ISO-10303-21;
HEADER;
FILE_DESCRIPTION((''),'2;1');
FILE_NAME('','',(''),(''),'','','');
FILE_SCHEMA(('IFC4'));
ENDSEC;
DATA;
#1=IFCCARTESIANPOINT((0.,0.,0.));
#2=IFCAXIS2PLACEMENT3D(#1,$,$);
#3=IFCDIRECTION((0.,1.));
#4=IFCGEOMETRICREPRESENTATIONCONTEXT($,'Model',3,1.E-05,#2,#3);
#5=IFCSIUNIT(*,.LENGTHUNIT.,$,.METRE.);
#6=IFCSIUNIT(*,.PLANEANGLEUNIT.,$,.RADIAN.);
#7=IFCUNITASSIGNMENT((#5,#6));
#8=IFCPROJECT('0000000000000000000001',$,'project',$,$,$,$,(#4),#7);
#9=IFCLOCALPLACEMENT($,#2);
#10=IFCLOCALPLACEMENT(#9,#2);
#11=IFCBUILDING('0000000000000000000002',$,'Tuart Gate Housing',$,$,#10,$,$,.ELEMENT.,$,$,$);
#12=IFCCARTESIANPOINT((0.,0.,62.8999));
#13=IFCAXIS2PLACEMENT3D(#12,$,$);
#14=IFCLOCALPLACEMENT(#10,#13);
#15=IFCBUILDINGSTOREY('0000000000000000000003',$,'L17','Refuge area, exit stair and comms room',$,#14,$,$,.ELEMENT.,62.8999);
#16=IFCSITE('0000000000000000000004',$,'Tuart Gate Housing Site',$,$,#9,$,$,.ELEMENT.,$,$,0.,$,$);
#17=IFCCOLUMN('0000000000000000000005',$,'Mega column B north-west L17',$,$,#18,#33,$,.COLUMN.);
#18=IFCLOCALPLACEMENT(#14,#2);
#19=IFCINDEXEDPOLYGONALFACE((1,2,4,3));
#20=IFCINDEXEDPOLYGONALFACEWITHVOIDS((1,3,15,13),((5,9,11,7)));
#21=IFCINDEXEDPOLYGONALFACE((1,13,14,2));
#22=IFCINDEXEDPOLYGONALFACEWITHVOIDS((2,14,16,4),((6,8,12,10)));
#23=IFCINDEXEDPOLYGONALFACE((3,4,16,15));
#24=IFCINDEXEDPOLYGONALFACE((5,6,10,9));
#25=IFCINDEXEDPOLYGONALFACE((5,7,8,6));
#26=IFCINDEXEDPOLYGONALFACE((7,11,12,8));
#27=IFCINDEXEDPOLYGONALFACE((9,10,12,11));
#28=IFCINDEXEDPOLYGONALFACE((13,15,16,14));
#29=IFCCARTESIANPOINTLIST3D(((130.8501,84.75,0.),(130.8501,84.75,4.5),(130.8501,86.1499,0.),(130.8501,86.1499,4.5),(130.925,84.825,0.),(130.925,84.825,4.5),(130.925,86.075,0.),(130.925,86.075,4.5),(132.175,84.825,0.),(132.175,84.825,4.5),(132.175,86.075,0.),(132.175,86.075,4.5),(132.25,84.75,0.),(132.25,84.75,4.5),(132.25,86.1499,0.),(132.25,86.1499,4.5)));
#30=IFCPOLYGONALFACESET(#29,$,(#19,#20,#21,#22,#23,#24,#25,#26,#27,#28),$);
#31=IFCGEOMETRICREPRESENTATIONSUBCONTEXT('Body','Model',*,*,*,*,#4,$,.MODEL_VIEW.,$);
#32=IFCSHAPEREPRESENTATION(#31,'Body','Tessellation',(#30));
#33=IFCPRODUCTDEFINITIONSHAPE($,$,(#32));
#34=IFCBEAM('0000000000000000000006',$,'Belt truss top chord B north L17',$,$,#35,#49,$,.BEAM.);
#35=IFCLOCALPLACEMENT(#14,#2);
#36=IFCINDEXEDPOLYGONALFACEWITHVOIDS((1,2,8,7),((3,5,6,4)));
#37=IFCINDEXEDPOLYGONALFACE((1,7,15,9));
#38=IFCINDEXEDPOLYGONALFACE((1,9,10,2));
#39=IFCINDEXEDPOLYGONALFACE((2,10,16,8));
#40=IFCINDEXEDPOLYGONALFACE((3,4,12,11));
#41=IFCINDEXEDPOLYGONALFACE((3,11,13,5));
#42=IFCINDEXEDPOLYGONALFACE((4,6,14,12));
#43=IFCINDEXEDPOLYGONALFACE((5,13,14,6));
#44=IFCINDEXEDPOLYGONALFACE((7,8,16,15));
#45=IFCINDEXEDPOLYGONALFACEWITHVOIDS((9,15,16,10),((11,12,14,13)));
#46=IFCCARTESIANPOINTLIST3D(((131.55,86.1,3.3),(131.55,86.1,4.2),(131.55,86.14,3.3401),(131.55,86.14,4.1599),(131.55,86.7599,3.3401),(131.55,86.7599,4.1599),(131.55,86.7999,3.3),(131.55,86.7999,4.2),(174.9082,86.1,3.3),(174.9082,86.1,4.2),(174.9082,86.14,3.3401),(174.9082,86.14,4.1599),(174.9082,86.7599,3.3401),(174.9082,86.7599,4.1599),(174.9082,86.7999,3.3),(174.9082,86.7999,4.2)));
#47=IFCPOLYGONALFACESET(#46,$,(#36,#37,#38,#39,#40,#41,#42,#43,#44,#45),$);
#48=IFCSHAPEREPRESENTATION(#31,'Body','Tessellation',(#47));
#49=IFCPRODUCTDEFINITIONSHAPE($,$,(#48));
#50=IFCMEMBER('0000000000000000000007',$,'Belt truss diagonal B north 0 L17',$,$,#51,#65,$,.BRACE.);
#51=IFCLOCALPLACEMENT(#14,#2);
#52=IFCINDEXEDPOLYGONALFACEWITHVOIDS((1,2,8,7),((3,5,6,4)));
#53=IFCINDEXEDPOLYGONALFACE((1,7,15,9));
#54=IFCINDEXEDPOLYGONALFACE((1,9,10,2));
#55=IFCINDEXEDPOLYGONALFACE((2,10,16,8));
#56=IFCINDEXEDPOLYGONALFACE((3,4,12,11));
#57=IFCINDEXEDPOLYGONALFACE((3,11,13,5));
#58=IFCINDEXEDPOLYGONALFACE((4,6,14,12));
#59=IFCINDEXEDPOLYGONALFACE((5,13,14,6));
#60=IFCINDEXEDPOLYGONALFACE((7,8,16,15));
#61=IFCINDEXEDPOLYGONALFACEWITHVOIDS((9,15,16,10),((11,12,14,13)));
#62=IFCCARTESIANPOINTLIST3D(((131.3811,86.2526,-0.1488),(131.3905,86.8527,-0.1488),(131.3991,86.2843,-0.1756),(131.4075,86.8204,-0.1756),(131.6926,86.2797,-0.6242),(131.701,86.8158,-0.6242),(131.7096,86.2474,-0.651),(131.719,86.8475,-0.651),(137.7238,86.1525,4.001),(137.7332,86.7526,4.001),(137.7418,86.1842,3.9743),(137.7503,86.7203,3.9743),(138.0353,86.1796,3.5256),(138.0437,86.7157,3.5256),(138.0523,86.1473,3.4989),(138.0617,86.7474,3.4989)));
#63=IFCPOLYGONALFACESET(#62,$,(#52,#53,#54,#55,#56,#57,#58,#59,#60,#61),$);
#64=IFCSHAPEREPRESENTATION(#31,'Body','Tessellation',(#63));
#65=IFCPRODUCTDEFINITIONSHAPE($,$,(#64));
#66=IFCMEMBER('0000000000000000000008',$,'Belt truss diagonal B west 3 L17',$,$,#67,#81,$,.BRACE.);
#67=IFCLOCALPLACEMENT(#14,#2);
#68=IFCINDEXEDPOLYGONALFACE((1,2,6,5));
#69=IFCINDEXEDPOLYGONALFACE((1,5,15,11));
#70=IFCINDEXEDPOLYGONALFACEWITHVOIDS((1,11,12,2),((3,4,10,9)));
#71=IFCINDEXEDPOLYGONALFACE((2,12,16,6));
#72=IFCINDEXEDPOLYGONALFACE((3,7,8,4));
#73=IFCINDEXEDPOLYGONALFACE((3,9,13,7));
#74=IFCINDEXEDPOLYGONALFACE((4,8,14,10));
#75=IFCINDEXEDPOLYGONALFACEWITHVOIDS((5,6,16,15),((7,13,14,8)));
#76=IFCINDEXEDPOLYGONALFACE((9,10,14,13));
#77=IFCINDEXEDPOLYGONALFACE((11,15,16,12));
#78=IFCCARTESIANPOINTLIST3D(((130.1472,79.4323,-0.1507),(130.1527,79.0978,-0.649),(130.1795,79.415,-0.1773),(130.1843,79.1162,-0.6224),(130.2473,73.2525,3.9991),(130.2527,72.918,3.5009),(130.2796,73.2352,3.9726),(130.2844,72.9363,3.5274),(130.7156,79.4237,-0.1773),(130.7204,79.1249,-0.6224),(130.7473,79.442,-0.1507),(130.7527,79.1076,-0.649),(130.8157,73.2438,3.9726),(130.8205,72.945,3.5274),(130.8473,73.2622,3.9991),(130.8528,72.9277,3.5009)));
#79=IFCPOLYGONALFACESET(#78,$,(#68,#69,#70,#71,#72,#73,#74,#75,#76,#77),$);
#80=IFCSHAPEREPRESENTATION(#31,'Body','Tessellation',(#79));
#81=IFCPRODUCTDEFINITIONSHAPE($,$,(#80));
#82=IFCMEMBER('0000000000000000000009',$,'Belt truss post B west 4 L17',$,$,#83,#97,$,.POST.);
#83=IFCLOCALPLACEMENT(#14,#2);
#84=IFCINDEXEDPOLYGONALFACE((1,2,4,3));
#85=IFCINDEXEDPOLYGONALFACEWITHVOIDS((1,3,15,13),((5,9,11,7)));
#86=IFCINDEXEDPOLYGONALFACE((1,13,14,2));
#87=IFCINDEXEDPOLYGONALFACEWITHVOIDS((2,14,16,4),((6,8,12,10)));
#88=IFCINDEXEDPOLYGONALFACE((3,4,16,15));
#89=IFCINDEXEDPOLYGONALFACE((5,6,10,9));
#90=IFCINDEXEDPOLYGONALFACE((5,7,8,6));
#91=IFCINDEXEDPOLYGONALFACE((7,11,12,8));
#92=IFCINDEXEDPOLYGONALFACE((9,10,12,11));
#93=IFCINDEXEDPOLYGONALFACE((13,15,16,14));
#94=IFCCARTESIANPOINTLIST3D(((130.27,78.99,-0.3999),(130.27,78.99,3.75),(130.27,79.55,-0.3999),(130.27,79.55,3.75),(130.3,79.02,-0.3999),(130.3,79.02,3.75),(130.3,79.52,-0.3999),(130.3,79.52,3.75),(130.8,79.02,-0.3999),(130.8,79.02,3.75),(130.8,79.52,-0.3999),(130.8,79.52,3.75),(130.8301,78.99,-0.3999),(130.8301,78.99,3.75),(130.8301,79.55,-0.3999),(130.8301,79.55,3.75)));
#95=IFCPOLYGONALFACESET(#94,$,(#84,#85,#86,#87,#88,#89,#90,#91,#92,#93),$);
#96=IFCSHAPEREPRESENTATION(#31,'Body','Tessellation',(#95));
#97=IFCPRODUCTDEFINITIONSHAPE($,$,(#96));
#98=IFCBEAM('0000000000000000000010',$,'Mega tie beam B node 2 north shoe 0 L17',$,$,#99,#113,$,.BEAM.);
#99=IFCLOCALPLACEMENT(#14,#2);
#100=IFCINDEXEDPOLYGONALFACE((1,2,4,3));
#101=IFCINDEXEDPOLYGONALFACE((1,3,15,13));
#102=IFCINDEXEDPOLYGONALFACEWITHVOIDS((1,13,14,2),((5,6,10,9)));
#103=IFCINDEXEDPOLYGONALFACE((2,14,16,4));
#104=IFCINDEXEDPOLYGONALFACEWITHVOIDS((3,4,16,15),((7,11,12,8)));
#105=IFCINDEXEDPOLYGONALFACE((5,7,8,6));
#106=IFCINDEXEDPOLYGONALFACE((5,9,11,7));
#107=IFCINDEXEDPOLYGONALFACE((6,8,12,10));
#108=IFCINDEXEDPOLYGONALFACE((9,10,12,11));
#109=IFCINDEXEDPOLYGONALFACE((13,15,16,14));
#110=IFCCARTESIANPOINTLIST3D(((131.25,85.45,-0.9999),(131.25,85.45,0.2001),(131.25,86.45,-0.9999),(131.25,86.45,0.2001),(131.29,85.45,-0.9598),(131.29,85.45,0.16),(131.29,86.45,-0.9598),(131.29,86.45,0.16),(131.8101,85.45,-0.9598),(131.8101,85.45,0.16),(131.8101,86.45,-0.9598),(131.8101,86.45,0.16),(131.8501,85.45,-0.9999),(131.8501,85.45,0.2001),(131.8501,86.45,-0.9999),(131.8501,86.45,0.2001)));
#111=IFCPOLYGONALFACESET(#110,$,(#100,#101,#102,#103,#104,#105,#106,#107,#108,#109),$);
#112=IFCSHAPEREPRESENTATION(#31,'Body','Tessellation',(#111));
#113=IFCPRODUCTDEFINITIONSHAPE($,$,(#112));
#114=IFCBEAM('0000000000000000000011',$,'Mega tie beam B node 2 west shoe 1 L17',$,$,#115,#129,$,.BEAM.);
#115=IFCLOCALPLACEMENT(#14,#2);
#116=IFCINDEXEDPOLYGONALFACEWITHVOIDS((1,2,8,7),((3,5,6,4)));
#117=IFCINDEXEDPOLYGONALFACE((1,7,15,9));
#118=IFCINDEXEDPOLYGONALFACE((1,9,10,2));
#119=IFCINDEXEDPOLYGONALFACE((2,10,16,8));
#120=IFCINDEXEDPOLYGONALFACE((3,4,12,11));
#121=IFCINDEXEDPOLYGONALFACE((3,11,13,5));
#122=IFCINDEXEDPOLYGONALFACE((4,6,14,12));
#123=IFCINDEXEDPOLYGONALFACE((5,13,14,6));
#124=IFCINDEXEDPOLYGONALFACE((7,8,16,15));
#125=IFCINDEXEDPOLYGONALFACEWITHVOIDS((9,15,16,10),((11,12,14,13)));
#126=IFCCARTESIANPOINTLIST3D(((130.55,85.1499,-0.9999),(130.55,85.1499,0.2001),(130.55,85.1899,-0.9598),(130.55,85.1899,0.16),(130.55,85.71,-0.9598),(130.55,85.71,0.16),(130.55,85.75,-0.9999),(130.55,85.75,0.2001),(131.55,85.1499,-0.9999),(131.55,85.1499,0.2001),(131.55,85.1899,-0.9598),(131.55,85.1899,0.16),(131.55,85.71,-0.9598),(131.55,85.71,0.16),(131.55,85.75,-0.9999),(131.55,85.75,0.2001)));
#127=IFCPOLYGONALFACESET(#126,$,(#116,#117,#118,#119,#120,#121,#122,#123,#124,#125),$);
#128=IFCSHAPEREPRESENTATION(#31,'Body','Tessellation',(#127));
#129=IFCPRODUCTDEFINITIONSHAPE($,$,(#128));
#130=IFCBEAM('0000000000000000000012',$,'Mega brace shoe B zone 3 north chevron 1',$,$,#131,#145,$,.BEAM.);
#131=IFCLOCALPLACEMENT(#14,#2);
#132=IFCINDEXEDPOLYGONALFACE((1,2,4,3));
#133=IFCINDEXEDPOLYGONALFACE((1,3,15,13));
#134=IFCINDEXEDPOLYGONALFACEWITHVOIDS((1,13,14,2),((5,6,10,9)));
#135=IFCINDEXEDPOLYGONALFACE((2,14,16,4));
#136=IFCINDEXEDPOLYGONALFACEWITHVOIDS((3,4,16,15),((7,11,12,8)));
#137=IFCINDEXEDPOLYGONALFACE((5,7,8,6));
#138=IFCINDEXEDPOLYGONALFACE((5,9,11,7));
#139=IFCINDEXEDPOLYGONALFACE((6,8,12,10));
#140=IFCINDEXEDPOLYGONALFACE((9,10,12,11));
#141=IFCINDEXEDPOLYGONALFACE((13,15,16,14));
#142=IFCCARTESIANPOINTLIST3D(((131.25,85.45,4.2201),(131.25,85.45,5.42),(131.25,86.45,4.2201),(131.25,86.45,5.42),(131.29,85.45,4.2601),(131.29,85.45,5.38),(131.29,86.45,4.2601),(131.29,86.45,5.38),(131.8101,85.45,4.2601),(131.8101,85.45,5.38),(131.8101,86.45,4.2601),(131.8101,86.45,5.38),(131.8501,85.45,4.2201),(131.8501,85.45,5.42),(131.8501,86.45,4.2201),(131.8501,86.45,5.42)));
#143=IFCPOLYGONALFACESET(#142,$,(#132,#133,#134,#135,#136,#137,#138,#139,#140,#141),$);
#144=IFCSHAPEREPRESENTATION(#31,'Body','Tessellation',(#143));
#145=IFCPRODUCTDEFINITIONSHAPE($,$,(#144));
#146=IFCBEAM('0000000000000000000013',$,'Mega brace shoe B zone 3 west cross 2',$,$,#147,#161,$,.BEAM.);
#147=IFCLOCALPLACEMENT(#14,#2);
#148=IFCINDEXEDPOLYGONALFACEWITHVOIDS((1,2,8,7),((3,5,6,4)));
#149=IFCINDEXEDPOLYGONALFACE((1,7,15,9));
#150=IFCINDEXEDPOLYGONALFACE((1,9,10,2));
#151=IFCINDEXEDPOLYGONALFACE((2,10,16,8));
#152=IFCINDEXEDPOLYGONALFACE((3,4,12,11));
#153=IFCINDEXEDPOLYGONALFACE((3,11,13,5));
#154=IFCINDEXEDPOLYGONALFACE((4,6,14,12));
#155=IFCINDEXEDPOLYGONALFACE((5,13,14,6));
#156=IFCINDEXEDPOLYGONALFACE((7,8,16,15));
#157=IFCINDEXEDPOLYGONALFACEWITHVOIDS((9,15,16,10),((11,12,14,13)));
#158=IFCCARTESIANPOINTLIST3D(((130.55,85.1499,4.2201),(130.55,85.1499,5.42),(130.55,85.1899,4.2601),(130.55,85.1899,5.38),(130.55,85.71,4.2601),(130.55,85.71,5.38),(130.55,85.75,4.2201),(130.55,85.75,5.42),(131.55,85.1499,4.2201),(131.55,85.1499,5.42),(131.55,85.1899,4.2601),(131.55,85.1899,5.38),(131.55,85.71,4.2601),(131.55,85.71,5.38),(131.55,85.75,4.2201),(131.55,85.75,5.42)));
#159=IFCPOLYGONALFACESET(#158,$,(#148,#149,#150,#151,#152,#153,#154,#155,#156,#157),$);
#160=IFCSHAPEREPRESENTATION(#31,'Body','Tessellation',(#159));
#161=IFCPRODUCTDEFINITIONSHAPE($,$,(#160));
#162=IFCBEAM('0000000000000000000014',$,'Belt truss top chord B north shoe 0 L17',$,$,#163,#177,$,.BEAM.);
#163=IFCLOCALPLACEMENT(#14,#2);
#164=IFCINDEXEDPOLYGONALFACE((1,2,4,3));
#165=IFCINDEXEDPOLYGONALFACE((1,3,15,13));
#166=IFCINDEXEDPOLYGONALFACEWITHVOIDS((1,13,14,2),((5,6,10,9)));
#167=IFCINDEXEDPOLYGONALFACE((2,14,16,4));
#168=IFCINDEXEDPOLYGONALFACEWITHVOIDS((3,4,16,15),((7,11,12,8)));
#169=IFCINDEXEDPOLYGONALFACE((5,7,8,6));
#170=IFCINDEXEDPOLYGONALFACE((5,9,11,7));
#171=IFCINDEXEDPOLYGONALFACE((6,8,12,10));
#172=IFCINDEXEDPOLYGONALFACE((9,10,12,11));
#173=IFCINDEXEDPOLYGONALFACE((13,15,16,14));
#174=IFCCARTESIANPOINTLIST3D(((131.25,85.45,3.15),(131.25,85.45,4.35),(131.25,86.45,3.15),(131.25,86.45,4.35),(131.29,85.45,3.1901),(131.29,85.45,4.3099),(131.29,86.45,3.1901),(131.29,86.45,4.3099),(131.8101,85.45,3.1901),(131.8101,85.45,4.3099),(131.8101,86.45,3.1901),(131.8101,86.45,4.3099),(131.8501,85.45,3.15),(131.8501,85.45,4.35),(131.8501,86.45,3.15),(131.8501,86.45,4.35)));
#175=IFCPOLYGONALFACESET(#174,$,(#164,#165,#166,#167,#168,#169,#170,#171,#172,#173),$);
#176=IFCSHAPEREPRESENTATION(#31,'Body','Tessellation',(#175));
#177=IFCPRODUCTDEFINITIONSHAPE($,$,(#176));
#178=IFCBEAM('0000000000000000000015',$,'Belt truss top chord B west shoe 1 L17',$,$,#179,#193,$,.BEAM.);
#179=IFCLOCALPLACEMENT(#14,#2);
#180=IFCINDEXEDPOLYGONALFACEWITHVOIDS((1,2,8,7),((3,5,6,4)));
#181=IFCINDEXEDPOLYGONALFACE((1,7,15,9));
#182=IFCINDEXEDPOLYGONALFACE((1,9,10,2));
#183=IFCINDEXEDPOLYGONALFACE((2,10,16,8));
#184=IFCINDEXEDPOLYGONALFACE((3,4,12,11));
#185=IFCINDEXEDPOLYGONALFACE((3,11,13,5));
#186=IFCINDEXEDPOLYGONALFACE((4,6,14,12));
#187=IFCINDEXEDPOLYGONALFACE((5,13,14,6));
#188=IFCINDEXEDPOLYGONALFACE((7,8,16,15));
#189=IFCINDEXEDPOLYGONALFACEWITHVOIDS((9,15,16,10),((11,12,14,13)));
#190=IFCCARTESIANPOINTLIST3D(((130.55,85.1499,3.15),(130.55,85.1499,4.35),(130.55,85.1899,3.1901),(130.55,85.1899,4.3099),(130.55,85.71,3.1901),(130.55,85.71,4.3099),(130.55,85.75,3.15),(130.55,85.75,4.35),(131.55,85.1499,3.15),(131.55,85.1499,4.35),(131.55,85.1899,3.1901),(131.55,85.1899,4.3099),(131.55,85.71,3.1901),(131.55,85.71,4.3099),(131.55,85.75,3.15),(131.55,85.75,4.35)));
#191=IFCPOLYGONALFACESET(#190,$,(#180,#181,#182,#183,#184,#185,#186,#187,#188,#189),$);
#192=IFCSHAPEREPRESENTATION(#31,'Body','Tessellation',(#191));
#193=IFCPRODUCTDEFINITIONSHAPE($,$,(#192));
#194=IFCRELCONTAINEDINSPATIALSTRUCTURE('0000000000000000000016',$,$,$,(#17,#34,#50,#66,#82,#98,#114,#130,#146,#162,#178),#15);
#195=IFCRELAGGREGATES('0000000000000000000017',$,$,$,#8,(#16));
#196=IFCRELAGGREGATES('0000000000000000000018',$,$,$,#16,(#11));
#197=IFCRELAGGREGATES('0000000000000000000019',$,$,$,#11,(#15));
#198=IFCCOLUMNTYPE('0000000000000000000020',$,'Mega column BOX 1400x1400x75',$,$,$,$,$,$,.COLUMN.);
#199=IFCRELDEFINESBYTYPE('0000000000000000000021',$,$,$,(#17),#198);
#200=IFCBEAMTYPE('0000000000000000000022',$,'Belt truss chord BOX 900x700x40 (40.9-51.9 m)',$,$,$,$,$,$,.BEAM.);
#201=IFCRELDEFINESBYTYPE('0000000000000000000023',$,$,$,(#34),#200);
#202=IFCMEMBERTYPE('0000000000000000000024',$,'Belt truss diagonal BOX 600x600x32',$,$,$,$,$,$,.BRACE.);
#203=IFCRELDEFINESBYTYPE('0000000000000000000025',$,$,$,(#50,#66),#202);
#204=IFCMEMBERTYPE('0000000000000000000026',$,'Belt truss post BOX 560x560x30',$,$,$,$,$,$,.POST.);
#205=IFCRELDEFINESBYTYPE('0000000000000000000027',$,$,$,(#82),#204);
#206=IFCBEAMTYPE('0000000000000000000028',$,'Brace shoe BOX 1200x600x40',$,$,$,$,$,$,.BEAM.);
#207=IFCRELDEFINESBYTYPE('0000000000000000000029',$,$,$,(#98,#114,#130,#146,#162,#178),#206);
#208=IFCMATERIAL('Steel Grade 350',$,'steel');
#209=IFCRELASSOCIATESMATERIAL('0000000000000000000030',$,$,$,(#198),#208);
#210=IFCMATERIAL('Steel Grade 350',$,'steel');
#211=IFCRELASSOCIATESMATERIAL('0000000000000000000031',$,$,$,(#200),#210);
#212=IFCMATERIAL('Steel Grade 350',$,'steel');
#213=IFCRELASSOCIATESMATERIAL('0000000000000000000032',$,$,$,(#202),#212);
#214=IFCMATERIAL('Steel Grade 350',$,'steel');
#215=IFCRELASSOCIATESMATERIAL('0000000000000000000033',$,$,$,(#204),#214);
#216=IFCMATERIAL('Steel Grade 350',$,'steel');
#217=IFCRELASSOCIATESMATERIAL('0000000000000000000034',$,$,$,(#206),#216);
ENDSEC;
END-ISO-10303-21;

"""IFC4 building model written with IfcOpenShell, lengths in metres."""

from ifc_helpers import new_model, si_unit, direction, frame, origin, origin_2d, place, context, subcontext, project, spatial, hollow_rectangle, extrude, material, material_profile, profile_set, type_object, element, save


model = new_model("IFC4")

# Units and contexts
model_context = context("Model", 3, precision=1e-05, world=origin(), true_north=direction((0.0, 1.0)))
body_context = subcontext(model_context, "Body", "Model", "MODEL_VIEW")
ifc_project = project(units=[si_unit("LENGTHUNIT", "METRE"), si_unit("PLANEANGLEUNIT", "RADIAN")], contexts=[model_context])

# Site, building, storey
site_placement = place(None, origin())
site = spatial("IfcSite", under=ifc_project, at=site_placement, Name="Tuart Gate Housing Site", CompositionType="ELEMENT", RefElevation=0.0)
building_placement = place(site_placement, origin())
building = spatial("IfcBuilding", under=site, at=building_placement, Name="Tuart Gate Housing", CompositionType="ELEMENT")
storey_placement = place(building_placement, frame((0.0, 0.0, 62.8999)))
storey = spatial("IfcBuildingStorey", under=building, at=storey_placement, Name="L17", Description="Refuge area, exit stair and comms room", CompositionType="ELEMENT", Elevation=62.8999)

# Column
ifc_material_1 = material(Name="Steel Grade 350", Category="steel")
ifc_material_profile_1 = material_profile(ifc_material_1, hollow_rectangle(XDim=1.3999, YDim=1.3999, WallThickness=0.075, at=origin_2d()), Name="BOX 1400x1400x75")
ifc_profile_set_1 = profile_set([ifc_material_profile_1], Name="Steel Grade 350")
column_type = type_object("IfcColumnType", Name="Mega column BOX 1400x1400x75", PredefinedType="COLUMN", material=ifc_profile_set_1)
column_placement = place(storey_placement, frame((131.55, 85.45, 0.0), z_axis=(0.0, 0.0, 1.0), x_axis=(1.0, 0.0, 0.0)))
element("IfcColumn", 1, at=column_placement, inside=storey, type_object=column_type, Name="Mega column B north-west L17", PredefinedType="COLUMN", context=body_context, shape_type="SweptSolid", body=[
    extrude(hollow_rectangle(XDim=1.3999, YDim=1.3999, WallThickness=0.075, at=origin_2d()), origin(), (0.0, 0.0, 1.0), 4.5),
])

# Beam
ifc_material_2 = material(Name="Steel Grade 350", Category="steel")
ifc_material_profile_2 = material_profile(ifc_material_2, hollow_rectangle(XDim=0.7, YDim=0.8999, WallThickness=0.04, at=origin_2d()), Name="BOX 900x700x40")
ifc_profile_set_2 = profile_set([ifc_material_profile_2], Name="Steel Grade 350")
beam_type_1 = type_object("IfcBeamType", Name="Belt truss chord BOX 900x700x40 (40.9-51.9 m)", PredefinedType="BEAM", material=ifc_profile_set_2)
beam_1_placement = place(storey_placement, frame((131.55, 86.45, 3.75), z_axis=(1.0, 0.0, 0.0), x_axis=(0.0, 1.0, 0.0)))
element("IfcBeam", 2, at=beam_1_placement, inside=storey, type_object=beam_type_1, Name="Belt truss top chord B north L17", PredefinedType="BEAM", context=body_context, shape_type="SweptSolid", body=[
    extrude(hollow_rectangle(XDim=0.7, YDim=0.8999, WallThickness=0.04, at=origin_2d()), origin(), (0.0, 0.0, 1.0), 43.3582),
])

# Members
ifc_material_3 = material(Name="Steel Grade 350", Category="steel")
ifc_material_profile_3 = material_profile(ifc_material_3, hollow_rectangle(XDim=0.6001, YDim=0.6001, WallThickness=0.032, at=origin_2d()), Name="BOX 600x600x32")
ifc_profile_set_3 = profile_set([ifc_material_profile_3], Name="Steel Grade 350")
member_type_1 = type_object("IfcMemberType", Name="Belt truss diagonal BOX 600x600x32", PredefinedType="BRACE", material=ifc_profile_set_3)
member_1_placement = place(storey_placement, frame((131.55, 86.55, -0.3999), z_axis=(0.836733, -0.013205, 0.547452), x_axis=(0.015779, 0.999875, 0.0)))
element("IfcMember", 3, at=member_1_placement, inside=storey, type_object=member_type_1, Name="Belt truss diagonal B north 0 L17", PredefinedType="BRACE", context=body_context, shape_type="SweptSolid", body=[
    extrude(hollow_rectangle(XDim=0.6001, YDim=0.6001, WallThickness=0.032, at=origin_2d()), origin(), (0.0, 0.0, 1.0), 7.5803),
])
member_2_placement = place(storey_placement, frame((130.55, 73.0901, 3.75), z_axis=(-0.013446, 0.830114, -0.557432), x_axis=(-0.999869, -0.016195, 0.0)))
element("IfcMember", 4, at=member_2_placement, inside=storey, type_object=member_type_1, Name="Belt truss diagonal B west 3 L17", PredefinedType="BRACE", context=body_context, shape_type="SweptSolid", body=[
    extrude(hollow_rectangle(XDim=0.6001, YDim=0.6001, WallThickness=0.032, at=origin_2d()), origin(), (0.0, 0.0, 1.0), 7.4446),
])
ifc_material_4 = material(Name="Steel Grade 350", Category="steel")
ifc_material_profile_4 = material_profile(ifc_material_4, hollow_rectangle(XDim=0.5601, YDim=0.5601, WallThickness=0.03, at=origin_2d()), Name="BOX 560x560x30")
ifc_profile_set_4 = profile_set([ifc_material_profile_4], Name="Steel Grade 350")
member_type_2 = type_object("IfcMemberType", Name="Belt truss post BOX 560x560x30", PredefinedType="POST", material=ifc_profile_set_4)
member_3_placement = place(storey_placement, frame((130.55, 79.27, -0.3999), z_axis=(0.0, 0.0, 1.0), x_axis=(1.0, 0.0, 0.0)))
element("IfcMember", 5, at=member_3_placement, inside=storey, type_object=member_type_2, Name="Belt truss post B west 4 L17", PredefinedType="POST", context=body_context, shape_type="SweptSolid", body=[
    extrude(hollow_rectangle(XDim=0.5601, YDim=0.5601, WallThickness=0.03, at=origin_2d()), origin(), (0.0, 0.0, 1.0), 4.1499),
])

# Beams
ifc_material_5 = material(Name="Steel Grade 350", Category="steel")
ifc_material_profile_5 = material_profile(ifc_material_5, hollow_rectangle(XDim=0.6001, YDim=1.2, WallThickness=0.04, at=origin_2d()), Name="BOX 1200x600x40")
ifc_profile_set_5 = profile_set([ifc_material_profile_5], Name="Steel Grade 350")
beam_type_2 = type_object("IfcBeamType", Name="Brace shoe BOX 1200x600x40", PredefinedType="BEAM", material=ifc_profile_set_5)
for number, where, z_axis, x_axis, name in (
    (6, (131.55, 85.45, -0.3999), (0.0, 1.0, 0.0), (-1.0, 0.0, 0.0), "Mega tie beam B node 2 north shoe 0 L17"),
    (7, (131.55, 85.45, -0.3999), (-1.0, 0.0, 0.0), (0.0, -1.0, 0.0), "Mega tie beam B node 2 west shoe 1 L17"),
    (8, (131.55, 85.45, 4.8201), (0.0, 1.0, 0.0), (-1.0, 0.0, 0.0), "Mega brace shoe B zone 3 north chevron 1"),
    (9, (131.55, 85.45, 4.8201), (-1.0, 0.0, 0.0), (0.0, -1.0, 0.0), "Mega brace shoe B zone 3 west cross 2"),
    (10, (131.55, 85.45, 3.75), (0.0, 1.0, 0.0), (-1.0, 0.0, 0.0), "Belt truss top chord B north shoe 0 L17"),
    (11, (131.55, 85.45, 3.75), (-1.0, 0.0, 0.0), (0.0, -1.0, 0.0), "Belt truss top chord B west shoe 1 L17"),
):
    element("IfcBeam", number, at=place(storey_placement, frame(where, z_axis=z_axis, x_axis=x_axis)), inside=storey, type_object=beam_type_2, Name=name, PredefinedType="BEAM", context=body_context, shape_type="SweptSolid", body=[
        extrude(hollow_rectangle(XDim=0.6001, YDim=1.2, WallThickness=0.04, at=origin_2d()), origin(), (0.0, 0.0, 1.0), 1.0),
    ])

save(model, "model.ifc")
